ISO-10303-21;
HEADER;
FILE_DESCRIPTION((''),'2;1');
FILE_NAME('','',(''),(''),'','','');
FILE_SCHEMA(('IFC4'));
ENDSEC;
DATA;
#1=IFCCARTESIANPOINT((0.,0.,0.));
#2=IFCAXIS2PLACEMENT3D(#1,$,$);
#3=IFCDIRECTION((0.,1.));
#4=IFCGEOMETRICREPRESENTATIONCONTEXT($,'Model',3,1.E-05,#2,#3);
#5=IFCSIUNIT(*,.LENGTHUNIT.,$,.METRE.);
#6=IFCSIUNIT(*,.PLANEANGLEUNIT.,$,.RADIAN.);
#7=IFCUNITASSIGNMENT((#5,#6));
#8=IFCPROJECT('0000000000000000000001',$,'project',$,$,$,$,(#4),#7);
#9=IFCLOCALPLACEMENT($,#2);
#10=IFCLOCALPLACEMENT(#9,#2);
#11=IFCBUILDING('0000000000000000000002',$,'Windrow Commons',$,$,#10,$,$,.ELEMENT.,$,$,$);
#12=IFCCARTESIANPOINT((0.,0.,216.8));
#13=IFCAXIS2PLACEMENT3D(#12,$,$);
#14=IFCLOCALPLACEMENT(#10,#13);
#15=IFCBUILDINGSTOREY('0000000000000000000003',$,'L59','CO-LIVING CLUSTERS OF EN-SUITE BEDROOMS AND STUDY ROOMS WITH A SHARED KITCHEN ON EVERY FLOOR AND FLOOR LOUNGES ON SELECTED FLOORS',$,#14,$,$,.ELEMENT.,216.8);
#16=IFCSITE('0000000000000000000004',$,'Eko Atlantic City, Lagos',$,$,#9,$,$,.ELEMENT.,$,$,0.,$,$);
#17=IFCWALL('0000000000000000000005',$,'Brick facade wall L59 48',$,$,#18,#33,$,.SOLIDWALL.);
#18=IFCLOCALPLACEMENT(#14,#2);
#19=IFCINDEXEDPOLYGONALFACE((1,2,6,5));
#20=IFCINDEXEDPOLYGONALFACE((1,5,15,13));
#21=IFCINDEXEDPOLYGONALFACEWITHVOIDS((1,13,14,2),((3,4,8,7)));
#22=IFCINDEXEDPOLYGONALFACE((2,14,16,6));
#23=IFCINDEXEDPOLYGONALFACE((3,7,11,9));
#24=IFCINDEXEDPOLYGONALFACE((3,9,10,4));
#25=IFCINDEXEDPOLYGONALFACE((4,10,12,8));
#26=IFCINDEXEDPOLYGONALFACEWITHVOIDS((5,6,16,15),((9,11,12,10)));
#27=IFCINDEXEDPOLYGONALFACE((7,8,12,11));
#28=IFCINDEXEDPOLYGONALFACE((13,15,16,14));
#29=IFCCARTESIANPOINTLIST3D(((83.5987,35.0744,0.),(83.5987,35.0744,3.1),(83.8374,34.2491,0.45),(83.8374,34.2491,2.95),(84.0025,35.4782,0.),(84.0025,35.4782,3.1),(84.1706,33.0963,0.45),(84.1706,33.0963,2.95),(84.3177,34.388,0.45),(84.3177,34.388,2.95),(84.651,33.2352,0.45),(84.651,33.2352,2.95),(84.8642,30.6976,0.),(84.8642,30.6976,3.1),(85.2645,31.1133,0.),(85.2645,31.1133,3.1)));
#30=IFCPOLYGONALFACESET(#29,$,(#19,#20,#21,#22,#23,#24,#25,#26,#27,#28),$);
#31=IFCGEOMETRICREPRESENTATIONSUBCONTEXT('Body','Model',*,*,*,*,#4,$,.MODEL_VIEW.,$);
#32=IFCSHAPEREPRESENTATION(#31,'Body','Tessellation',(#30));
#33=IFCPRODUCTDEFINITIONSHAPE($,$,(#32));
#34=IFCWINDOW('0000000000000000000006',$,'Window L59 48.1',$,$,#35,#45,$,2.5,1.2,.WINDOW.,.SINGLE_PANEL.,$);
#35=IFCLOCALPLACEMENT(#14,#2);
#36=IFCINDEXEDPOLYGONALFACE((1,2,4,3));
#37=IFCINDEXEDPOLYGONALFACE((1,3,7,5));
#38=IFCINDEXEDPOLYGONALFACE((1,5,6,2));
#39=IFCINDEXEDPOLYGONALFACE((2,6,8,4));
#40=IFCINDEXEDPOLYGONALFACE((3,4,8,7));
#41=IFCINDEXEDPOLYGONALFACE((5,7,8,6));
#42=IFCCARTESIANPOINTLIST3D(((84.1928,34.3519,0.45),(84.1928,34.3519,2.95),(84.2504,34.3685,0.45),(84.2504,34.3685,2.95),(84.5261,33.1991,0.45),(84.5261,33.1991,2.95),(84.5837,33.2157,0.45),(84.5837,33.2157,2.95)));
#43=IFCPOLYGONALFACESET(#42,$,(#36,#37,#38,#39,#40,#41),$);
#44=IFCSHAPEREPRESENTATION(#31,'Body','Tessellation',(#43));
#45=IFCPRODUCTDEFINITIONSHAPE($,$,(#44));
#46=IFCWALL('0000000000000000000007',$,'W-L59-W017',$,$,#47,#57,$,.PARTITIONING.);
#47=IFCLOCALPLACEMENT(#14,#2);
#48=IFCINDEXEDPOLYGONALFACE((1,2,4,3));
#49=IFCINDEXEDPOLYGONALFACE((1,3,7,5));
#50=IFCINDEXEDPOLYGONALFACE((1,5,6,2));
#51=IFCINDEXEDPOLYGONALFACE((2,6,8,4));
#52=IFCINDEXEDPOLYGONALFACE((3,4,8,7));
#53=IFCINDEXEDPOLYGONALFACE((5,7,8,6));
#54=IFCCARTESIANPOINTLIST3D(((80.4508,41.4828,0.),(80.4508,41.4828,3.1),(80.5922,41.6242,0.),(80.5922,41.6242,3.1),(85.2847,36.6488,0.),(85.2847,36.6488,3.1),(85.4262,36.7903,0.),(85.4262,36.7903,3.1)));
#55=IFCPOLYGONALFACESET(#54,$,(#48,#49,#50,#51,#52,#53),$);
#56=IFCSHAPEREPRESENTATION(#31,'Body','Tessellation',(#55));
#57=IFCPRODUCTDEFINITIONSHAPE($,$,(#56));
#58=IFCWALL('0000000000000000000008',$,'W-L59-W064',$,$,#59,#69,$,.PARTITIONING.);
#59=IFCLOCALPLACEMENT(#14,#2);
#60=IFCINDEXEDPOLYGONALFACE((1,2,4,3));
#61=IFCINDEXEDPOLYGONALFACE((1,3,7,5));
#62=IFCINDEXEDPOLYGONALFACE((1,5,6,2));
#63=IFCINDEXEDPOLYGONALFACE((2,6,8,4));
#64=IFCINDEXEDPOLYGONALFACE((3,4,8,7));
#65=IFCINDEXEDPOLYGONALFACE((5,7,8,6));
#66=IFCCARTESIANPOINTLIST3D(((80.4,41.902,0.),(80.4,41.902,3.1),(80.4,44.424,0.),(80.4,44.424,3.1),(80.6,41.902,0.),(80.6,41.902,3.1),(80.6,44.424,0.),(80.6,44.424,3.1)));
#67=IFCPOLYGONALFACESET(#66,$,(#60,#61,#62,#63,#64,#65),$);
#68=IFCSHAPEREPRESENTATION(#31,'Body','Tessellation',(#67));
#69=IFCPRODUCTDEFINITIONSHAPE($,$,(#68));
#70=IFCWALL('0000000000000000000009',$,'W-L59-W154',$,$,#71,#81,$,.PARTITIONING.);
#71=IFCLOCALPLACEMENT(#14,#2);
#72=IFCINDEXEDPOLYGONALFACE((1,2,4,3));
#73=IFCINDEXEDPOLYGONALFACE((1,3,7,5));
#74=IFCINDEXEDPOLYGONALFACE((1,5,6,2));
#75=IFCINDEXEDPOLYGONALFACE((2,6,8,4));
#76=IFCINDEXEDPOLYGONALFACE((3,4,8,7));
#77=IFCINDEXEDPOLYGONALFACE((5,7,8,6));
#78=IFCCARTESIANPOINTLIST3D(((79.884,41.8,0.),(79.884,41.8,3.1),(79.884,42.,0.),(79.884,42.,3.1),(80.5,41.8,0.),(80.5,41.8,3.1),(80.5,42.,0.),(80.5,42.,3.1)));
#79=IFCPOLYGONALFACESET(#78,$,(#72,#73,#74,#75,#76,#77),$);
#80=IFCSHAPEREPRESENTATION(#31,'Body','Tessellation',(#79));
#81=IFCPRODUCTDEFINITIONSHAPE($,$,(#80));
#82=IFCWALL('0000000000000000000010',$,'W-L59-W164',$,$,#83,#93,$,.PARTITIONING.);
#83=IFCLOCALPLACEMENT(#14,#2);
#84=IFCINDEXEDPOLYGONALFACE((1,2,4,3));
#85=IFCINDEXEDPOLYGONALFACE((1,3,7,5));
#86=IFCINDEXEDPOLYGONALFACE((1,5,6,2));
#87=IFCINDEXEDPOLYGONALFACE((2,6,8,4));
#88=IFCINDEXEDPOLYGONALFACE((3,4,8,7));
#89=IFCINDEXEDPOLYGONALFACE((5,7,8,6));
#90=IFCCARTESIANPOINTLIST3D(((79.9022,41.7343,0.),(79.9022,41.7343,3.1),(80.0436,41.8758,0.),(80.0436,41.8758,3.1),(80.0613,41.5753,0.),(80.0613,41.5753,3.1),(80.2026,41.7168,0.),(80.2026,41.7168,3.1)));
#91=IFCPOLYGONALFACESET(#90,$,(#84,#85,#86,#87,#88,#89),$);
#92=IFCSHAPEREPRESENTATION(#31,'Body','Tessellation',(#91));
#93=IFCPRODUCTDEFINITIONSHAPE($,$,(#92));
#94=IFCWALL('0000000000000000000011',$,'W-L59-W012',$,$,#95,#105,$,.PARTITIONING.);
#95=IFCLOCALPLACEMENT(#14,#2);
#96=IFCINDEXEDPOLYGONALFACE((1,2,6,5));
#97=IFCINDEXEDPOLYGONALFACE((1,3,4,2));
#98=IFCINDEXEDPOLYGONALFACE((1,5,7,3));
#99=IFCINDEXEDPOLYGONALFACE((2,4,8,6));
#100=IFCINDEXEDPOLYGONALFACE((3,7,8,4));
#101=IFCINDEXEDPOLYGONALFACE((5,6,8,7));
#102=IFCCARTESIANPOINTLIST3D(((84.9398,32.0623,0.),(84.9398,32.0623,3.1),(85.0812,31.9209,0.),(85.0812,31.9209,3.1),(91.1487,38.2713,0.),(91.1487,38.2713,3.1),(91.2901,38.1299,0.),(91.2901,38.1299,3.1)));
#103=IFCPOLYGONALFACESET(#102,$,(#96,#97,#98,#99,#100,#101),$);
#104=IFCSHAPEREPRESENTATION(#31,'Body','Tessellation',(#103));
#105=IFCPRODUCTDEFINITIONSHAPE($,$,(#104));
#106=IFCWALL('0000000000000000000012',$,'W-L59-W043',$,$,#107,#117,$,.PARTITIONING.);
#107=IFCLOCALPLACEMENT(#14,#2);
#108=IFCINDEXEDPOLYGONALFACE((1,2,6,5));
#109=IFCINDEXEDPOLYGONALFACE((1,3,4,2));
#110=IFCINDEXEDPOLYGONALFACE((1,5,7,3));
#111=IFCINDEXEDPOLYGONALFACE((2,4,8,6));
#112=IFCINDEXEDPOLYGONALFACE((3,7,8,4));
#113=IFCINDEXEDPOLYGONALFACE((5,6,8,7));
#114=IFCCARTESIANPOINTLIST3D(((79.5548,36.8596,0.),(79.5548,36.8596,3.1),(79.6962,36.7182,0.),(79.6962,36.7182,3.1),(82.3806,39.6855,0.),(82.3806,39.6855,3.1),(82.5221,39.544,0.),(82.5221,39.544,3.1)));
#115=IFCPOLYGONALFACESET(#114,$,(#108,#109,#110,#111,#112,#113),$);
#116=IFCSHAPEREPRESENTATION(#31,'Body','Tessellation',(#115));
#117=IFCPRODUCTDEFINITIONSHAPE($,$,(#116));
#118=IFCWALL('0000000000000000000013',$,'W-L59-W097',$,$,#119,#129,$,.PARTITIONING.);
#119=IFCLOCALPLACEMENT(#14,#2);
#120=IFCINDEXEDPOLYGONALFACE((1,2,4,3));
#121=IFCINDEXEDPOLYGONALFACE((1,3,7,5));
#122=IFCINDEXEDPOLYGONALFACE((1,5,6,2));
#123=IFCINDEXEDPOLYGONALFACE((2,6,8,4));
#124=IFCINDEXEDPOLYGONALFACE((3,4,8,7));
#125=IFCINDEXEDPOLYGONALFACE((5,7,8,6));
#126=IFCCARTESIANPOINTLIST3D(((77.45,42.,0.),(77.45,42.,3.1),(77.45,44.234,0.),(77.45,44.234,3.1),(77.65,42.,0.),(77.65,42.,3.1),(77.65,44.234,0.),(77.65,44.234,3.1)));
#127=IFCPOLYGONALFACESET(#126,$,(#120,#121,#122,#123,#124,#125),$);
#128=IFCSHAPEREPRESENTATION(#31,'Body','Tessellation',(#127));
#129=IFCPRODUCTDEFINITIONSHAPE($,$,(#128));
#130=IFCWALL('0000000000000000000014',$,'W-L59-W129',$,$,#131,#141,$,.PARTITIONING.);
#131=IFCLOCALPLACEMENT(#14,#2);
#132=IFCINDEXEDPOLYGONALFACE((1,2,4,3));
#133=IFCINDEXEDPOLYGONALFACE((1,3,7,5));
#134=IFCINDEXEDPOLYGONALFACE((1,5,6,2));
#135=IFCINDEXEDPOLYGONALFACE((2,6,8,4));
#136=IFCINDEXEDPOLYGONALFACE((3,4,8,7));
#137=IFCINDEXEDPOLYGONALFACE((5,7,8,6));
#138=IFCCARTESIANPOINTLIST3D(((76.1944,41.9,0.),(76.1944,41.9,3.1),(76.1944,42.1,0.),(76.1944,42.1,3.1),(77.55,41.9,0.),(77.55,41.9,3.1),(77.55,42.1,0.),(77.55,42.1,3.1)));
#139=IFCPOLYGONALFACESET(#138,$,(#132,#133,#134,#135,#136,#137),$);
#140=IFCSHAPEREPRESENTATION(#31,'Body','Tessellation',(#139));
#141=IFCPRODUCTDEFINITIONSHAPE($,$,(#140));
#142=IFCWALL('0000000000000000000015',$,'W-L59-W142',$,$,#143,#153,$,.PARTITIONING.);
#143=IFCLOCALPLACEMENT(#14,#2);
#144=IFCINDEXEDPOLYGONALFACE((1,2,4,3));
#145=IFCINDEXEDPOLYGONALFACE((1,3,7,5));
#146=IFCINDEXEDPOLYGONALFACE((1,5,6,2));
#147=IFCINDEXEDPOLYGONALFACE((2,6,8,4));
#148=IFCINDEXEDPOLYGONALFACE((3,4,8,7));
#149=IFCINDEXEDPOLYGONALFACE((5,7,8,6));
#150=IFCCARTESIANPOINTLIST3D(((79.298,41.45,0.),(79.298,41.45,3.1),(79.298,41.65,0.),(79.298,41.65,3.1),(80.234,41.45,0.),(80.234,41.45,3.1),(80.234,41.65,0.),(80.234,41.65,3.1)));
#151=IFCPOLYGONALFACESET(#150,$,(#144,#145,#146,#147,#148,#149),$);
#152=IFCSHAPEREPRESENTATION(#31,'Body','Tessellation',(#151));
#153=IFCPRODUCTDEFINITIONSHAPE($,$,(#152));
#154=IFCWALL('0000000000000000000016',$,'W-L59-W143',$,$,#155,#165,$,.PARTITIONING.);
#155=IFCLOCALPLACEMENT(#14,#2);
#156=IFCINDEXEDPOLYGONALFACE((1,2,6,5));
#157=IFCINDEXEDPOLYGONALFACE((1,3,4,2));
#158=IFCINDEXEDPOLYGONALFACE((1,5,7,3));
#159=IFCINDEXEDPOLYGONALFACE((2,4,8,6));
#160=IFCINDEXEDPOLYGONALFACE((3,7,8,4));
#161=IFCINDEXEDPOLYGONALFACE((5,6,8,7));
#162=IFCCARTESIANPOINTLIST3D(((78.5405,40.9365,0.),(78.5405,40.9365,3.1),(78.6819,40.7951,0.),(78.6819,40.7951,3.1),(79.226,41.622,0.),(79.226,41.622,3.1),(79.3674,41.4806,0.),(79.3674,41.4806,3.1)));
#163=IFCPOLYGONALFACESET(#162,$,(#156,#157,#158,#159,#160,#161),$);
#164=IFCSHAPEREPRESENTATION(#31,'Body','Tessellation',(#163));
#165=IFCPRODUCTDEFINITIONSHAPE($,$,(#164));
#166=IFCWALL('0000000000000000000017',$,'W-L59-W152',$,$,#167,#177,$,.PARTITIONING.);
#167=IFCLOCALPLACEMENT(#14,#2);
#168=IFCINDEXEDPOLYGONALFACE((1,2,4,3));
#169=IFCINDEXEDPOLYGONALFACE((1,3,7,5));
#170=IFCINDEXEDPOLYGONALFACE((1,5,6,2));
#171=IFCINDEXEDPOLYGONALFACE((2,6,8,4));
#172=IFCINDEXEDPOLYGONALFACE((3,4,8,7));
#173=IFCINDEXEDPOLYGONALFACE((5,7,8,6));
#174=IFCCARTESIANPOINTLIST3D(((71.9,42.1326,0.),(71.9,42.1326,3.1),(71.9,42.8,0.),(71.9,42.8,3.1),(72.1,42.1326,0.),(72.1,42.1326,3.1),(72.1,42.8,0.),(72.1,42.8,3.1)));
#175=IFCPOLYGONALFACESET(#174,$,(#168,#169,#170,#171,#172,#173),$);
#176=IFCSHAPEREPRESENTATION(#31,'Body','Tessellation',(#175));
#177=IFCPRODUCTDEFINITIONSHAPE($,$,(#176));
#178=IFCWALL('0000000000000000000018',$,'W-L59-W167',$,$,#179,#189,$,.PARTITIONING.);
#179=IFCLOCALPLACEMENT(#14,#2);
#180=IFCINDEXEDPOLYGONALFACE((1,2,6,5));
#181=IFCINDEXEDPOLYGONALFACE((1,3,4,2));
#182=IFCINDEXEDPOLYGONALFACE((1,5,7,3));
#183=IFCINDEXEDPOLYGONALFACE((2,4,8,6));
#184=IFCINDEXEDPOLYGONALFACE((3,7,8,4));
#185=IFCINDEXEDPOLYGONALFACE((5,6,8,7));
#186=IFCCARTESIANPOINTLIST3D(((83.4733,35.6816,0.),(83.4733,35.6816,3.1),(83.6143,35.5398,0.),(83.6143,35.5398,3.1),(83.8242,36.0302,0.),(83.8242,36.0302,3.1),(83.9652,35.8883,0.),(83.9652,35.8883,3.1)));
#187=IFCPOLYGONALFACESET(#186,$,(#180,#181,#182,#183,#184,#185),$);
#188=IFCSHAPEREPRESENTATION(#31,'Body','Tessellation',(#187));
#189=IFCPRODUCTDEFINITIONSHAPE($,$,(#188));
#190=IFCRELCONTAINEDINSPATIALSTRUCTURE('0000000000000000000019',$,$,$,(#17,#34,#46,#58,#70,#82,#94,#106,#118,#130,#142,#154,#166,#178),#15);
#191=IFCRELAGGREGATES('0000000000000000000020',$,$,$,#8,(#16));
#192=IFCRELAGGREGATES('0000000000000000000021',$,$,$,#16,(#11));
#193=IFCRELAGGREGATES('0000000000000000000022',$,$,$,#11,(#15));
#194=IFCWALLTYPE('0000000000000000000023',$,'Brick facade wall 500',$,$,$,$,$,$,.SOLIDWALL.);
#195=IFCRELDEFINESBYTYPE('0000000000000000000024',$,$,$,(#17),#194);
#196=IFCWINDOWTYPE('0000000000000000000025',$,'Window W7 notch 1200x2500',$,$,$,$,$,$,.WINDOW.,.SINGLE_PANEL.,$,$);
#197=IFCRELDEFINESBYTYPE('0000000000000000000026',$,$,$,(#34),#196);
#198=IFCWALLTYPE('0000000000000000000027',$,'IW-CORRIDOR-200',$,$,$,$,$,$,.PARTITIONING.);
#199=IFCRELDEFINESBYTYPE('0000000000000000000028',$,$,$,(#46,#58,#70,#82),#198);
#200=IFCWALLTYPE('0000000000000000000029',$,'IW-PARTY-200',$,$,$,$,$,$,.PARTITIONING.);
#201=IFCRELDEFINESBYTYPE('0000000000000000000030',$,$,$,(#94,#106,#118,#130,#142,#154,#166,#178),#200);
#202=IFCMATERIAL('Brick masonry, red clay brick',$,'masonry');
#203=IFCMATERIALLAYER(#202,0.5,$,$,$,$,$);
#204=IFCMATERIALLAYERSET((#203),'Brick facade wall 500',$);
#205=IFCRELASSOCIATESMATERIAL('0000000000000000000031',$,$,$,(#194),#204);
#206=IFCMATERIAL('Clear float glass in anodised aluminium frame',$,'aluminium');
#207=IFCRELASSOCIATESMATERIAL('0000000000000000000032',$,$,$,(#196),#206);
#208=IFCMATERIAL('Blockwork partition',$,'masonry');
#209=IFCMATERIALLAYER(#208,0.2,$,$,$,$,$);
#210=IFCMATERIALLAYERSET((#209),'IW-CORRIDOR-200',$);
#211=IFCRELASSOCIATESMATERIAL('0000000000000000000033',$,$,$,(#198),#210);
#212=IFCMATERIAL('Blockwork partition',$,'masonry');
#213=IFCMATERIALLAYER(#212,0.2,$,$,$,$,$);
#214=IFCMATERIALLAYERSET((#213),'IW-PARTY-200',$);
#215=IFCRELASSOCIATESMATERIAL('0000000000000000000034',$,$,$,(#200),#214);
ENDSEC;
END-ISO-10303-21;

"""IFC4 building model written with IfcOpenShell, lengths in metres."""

from ifc_helpers import new_model, si_unit, direction, frame, frame_2d, origin, place, context, subcontext, project, spatial, polyline, rectangle, outline, extrude, material, layer, layer_set, type_object, element, fill, save


model = new_model("IFC4")

# Units and contexts
model_context = context("Model", 3, precision=1e-05, world=origin(), true_north=direction((0.0, 1.0)))
body_context = subcontext(model_context, "Body", "Model", "MODEL_VIEW")
ifc_project = project(units=[si_unit("LENGTHUNIT", "METRE"), si_unit("PLANEANGLEUNIT", "RADIAN")], contexts=[model_context])

# Site, building, storey
site_placement = place(None, origin())
site = spatial("IfcSite", under=ifc_project, at=site_placement, Name="Eko Atlantic City, Lagos", CompositionType="ELEMENT", RefElevation=0.0)
building_placement = place(site_placement, origin())
building = spatial("IfcBuilding", under=site, at=building_placement, Name="Windrow Commons", CompositionType="ELEMENT")
storey_placement = place(building_placement, frame((0.0, 0.0, 216.8)))
storey = spatial("IfcBuildingStorey", under=building, at=storey_placement, Name="L59", Description="CO-LIVING CLUSTERS OF EN-SUITE BEDROOMS AND STUDY ROOMS WITH A SHARED KITCHEN ON EVERY FLOOR AND FLOOR LOUNGES ON SELECTED FLOORS", CompositionType="ELEMENT", Elevation=216.8)

# Shared definitions
ifc_material_1 = material(Name="Brick masonry, red clay brick", Category="masonry")
ifc_layer_1 = layer(ifc_material_1, 0.5)
ifc_layer_set_1 = layer_set([ifc_layer_1], Name="Brick facade wall 500")
wall_type_1 = type_object("IfcWallType", Name="Brick facade wall 500", PredefinedType="SOLIDWALL", material=ifc_layer_set_1)
ifc_material_2 = material(Name="Clear float glass in anodised aluminium frame", Category="aluminium")
window_type_1 = type_object("IfcWindowType", Name="Window W7 notch 1200x2500", PartitioningType="SINGLE_PANEL", PredefinedType="WINDOW", material=ifc_material_2)

# Wall, opening, window
wall_1_placement = place(storey_placement, frame((83.8006, 35.2763, 0.0), z_axis=(0.0, 0.0, 1.0), x_axis=(0.277747, -0.960654, 0.0)))
wall_1 = element("IfcWall", 1, at=wall_1_placement, inside=storey, type_object=wall_type_1, Name="Brick facade wall L59 48", PredefinedType="SOLIDWALL", context=body_context, shape_type="SweptSolid", body=[
    extrude(outline(polyline([(0.1379, -0.25), (4.6939, -0.25), (4.4058, 0.25), (-0.1379, 0.25), (0.1379, -0.25)])), origin(), (0.0, 0.0, 1.0), 3.1),
])
opening_1_placement = place(wall_1_placement, frame((0.997, 0.0, 0.45)))
opening_1 = element("IfcOpeningElement", 2, at=opening_1_placement, cuts=wall_1, PredefinedType="OPENING", context=body_context, shape_type="SweptSolid", body=[
    extrude(rectangle(XDim=1.2, YDim=2.5, at=frame_2d((0.6, 1.25))), frame((0.0, 0.26, 0.0), z_axis=(0.0, -1.0, 0.0), x_axis=(1.0, 0.0, 0.0)), (0.0, 0.0, 1.0), 0.52),
])
window_1_placement = place(opening_1_placement, origin())
window_1 = element("IfcWindow", 3, at=window_1_placement, inside=storey, type_object=window_type_1, Name="Window L59 48.1", OverallHeight=2.5, OverallWidth=1.2, PartitioningType="SINGLE_PANEL", PredefinedType="WINDOW", context=body_context, shape_type="SweptSolid", body=[
    extrude(rectangle(XDim=1.2, YDim=2.5, at=frame_2d((0.6, 1.25))), frame((0.0, 0.18, 0.0), z_axis=(0.0, -1.0, 0.0), x_axis=(1.0, 0.0, 0.0)), (0.0, 0.0, 1.0), 0.06),
])
fill(opening_1, window_1)

# Walls
ifc_material_3 = material(Name="Blockwork partition", Category="masonry")
ifc_layer_2 = layer(ifc_material_3, 0.2)
ifc_layer_set_2 = layer_set([ifc_layer_2], Name="IW-CORRIDOR-200")
wall_type_2 = type_object("IfcWallType", Name="IW-CORRIDOR-200", PredefinedType="PARTITIONING", material=ifc_layer_set_2)
wall_2_placement = place(storey_placement, frame((80.5215, 41.5535, 0.0), z_axis=(0.0, 0.0, 1.0), x_axis=(0.707107, -0.707107, 0.0)))
element("IfcWall", 4, at=wall_2_placement, inside=storey, type_object=wall_type_2, Name="W-L59-W017", PredefinedType="PARTITIONING", context=body_context, shape_type="SweptSolid", body=[
    extrude(rectangle(XDim=6.8363, YDim=0.2, at=frame_2d((3.4181, 0.0))), origin(), (0.0, 0.0, 1.0), 3.1),
])
wall_3_placement = place(storey_placement, frame((80.5, 41.902, 0.0), z_axis=(0.0, 0.0, 1.0), x_axis=(0.0, 1.0, 0.0)))
element("IfcWall", 5, at=wall_3_placement, inside=storey, type_object=wall_type_2, Name="W-L59-W064", PredefinedType="PARTITIONING", context=body_context, shape_type="SweptSolid", body=[
    extrude(rectangle(XDim=2.522, YDim=0.2, at=frame_2d((1.261, 0.0))), origin(), (0.0, 0.0, 1.0), 3.1),
])
wall_4_placement = place(storey_placement, frame((79.884, 41.9, 0.0), z_axis=(0.0, 0.0, 1.0), x_axis=(1.0, 0.0, 0.0)))
element("IfcWall", 6, at=wall_4_placement, inside=storey, type_object=wall_type_2, Name="W-L59-W154", PredefinedType="PARTITIONING", context=body_context, shape_type="SweptSolid", body=[
    extrude(rectangle(XDim=0.616, YDim=0.2, at=frame_2d((0.308, 0.0))), origin(), (0.0, 0.0, 1.0), 3.1),
])
wall_5_placement = place(storey_placement, frame((79.9729, 41.805, 0.0), z_axis=(0.0, 0.0, 1.0), x_axis=(0.707329, -0.706884, 0.0)))
element("IfcWall", 7, at=wall_5_placement, inside=storey, type_object=wall_type_2, Name="W-L59-W164", PredefinedType="PARTITIONING", context=body_context, shape_type="SweptSolid", body=[
    extrude(rectangle(XDim=0.2249, YDim=0.2, at=frame_2d((0.1124, 0.0))), origin(), (0.0, 0.0, 1.0), 3.1),
])
ifc_material_4 = material(Name="Blockwork partition", Category="masonry")
ifc_layer_3 = layer(ifc_material_4, 0.2)
ifc_layer_set_3 = layer_set([ifc_layer_3], Name="IW-PARTY-200")
wall_type_3 = type_object("IfcWallType", Name="IW-PARTY-200", PredefinedType="PARTITIONING", material=ifc_layer_set_3)
wall_6_placement = place(storey_placement, frame((85.0105, 31.9916, 0.0), z_axis=(0.0, 0.0, 1.0), x_axis=(0.707101, 0.707112, 0.0)))
element("IfcWall", 8, at=wall_6_placement, inside=storey, type_object=wall_type_3, Name="W-L59-W012", PredefinedType="PARTITIONING", context=body_context, shape_type="SweptSolid", body=[
    extrude(rectangle(XDim=8.7808, YDim=0.2, at=frame_2d((4.3904, 0.0))), origin(), (0.0, 0.0, 1.0), 3.1),
])
wall_7_placement = place(storey_placement, frame((79.6255, 36.7889, 0.0), z_axis=(0.0, 0.0, 1.0), x_axis=(0.707107, 0.707107, 0.0)))
element("IfcWall", 9, at=wall_7_placement, inside=storey, type_object=wall_type_3, Name="W-L59-W043", PredefinedType="PARTITIONING", context=body_context, shape_type="SweptSolid", body=[
    extrude(rectangle(XDim=3.9963, YDim=0.2, at=frame_2d((1.9982, 0.0))), origin(), (0.0, 0.0, 1.0), 3.1),
])
wall_8_placement = place(storey_placement, frame((77.55, 42.0, 0.0), z_axis=(0.0, 0.0, 1.0), x_axis=(0.0, 1.0, 0.0)))
element("IfcWall", 10, at=wall_8_placement, inside=storey, type_object=wall_type_3, Name="W-L59-W097", PredefinedType="PARTITIONING", context=body_context, shape_type="SweptSolid", body=[
    extrude(rectangle(XDim=2.234, YDim=0.2, at=frame_2d((1.117, 0.0))), origin(), (0.0, 0.0, 1.0), 3.1),
])
wall_9_placement = place(storey_placement, frame((76.1944, 42.0, 0.0), z_axis=(0.0, 0.0, 1.0), x_axis=(1.0, 0.0, 0.0)))
element("IfcWall", 11, at=wall_9_placement, inside=storey, type_object=wall_type_3, Name="W-L59-W129", PredefinedType="PARTITIONING", context=body_context, shape_type="SweptSolid", body=[
    extrude(rectangle(XDim=1.3556, YDim=0.2, at=frame_2d((0.6778, 0.0))), origin(), (0.0, 0.0, 1.0), 3.1),
])
wall_10_placement = place(storey_placement, frame((79.298, 41.55, 0.0), z_axis=(0.0, 0.0, 1.0), x_axis=(1.0, 0.0, 0.0)))
element("IfcWall", 12, at=wall_10_placement, inside=storey, type_object=wall_type_3, Name="W-L59-W142", PredefinedType="PARTITIONING", context=body_context, shape_type="SweptSolid", body=[
    extrude(rectangle(XDim=0.936, YDim=0.2, at=frame_2d((0.468, 0.0))), origin(), (0.0, 0.0, 1.0), 3.1),
])
wall_11_placement = place(storey_placement, frame((78.6112, 40.8658, 0.0), z_axis=(0.0, 0.0, 1.0), x_axis=(0.707107, 0.707107, 0.0)))
element("IfcWall", 13, at=wall_11_placement, inside=storey, type_object=wall_type_3, Name="W-L59-W143", PredefinedType="PARTITIONING", context=body_context, shape_type="SweptSolid", body=[
    extrude(rectangle(XDim=0.9694, YDim=0.2, at=frame_2d((0.4847, 0.0))), origin(), (0.0, 0.0, 1.0), 3.1),
])
wall_12_placement = place(storey_placement, frame((72.0, 42.1326, 0.0), z_axis=(0.0, 0.0, 1.0), x_axis=(0.0, 1.0, 0.0)))
element("IfcWall", 14, at=wall_12_placement, inside=storey, type_object=wall_type_3, Name="W-L59-W152", PredefinedType="PARTITIONING", context=body_context, shape_type="SweptSolid", body=[
    extrude(rectangle(XDim=0.6674, YDim=0.2, at=frame_2d((0.3337, 0.0))), origin(), (0.0, 0.0, 1.0), 3.1),
])
wall_13_placement = place(storey_placement, frame((83.5438, 35.6107, 0.0), z_axis=(0.0, 0.0, 1.0), x_axis=(0.709428, 0.704778, 0.0)))
element("IfcWall", 15, at=wall_13_placement, inside=storey, type_object=wall_type_3, Name="W-L59-W167", PredefinedType="PARTITIONING", context=body_context, shape_type="SweptSolid", body=[
    extrude(rectangle(XDim=0.4946, YDim=0.2, at=frame_2d((0.2473, 0.0))), origin(), (0.0, 0.0, 1.0), 3.1),
])

save(model, "model.ifc")
